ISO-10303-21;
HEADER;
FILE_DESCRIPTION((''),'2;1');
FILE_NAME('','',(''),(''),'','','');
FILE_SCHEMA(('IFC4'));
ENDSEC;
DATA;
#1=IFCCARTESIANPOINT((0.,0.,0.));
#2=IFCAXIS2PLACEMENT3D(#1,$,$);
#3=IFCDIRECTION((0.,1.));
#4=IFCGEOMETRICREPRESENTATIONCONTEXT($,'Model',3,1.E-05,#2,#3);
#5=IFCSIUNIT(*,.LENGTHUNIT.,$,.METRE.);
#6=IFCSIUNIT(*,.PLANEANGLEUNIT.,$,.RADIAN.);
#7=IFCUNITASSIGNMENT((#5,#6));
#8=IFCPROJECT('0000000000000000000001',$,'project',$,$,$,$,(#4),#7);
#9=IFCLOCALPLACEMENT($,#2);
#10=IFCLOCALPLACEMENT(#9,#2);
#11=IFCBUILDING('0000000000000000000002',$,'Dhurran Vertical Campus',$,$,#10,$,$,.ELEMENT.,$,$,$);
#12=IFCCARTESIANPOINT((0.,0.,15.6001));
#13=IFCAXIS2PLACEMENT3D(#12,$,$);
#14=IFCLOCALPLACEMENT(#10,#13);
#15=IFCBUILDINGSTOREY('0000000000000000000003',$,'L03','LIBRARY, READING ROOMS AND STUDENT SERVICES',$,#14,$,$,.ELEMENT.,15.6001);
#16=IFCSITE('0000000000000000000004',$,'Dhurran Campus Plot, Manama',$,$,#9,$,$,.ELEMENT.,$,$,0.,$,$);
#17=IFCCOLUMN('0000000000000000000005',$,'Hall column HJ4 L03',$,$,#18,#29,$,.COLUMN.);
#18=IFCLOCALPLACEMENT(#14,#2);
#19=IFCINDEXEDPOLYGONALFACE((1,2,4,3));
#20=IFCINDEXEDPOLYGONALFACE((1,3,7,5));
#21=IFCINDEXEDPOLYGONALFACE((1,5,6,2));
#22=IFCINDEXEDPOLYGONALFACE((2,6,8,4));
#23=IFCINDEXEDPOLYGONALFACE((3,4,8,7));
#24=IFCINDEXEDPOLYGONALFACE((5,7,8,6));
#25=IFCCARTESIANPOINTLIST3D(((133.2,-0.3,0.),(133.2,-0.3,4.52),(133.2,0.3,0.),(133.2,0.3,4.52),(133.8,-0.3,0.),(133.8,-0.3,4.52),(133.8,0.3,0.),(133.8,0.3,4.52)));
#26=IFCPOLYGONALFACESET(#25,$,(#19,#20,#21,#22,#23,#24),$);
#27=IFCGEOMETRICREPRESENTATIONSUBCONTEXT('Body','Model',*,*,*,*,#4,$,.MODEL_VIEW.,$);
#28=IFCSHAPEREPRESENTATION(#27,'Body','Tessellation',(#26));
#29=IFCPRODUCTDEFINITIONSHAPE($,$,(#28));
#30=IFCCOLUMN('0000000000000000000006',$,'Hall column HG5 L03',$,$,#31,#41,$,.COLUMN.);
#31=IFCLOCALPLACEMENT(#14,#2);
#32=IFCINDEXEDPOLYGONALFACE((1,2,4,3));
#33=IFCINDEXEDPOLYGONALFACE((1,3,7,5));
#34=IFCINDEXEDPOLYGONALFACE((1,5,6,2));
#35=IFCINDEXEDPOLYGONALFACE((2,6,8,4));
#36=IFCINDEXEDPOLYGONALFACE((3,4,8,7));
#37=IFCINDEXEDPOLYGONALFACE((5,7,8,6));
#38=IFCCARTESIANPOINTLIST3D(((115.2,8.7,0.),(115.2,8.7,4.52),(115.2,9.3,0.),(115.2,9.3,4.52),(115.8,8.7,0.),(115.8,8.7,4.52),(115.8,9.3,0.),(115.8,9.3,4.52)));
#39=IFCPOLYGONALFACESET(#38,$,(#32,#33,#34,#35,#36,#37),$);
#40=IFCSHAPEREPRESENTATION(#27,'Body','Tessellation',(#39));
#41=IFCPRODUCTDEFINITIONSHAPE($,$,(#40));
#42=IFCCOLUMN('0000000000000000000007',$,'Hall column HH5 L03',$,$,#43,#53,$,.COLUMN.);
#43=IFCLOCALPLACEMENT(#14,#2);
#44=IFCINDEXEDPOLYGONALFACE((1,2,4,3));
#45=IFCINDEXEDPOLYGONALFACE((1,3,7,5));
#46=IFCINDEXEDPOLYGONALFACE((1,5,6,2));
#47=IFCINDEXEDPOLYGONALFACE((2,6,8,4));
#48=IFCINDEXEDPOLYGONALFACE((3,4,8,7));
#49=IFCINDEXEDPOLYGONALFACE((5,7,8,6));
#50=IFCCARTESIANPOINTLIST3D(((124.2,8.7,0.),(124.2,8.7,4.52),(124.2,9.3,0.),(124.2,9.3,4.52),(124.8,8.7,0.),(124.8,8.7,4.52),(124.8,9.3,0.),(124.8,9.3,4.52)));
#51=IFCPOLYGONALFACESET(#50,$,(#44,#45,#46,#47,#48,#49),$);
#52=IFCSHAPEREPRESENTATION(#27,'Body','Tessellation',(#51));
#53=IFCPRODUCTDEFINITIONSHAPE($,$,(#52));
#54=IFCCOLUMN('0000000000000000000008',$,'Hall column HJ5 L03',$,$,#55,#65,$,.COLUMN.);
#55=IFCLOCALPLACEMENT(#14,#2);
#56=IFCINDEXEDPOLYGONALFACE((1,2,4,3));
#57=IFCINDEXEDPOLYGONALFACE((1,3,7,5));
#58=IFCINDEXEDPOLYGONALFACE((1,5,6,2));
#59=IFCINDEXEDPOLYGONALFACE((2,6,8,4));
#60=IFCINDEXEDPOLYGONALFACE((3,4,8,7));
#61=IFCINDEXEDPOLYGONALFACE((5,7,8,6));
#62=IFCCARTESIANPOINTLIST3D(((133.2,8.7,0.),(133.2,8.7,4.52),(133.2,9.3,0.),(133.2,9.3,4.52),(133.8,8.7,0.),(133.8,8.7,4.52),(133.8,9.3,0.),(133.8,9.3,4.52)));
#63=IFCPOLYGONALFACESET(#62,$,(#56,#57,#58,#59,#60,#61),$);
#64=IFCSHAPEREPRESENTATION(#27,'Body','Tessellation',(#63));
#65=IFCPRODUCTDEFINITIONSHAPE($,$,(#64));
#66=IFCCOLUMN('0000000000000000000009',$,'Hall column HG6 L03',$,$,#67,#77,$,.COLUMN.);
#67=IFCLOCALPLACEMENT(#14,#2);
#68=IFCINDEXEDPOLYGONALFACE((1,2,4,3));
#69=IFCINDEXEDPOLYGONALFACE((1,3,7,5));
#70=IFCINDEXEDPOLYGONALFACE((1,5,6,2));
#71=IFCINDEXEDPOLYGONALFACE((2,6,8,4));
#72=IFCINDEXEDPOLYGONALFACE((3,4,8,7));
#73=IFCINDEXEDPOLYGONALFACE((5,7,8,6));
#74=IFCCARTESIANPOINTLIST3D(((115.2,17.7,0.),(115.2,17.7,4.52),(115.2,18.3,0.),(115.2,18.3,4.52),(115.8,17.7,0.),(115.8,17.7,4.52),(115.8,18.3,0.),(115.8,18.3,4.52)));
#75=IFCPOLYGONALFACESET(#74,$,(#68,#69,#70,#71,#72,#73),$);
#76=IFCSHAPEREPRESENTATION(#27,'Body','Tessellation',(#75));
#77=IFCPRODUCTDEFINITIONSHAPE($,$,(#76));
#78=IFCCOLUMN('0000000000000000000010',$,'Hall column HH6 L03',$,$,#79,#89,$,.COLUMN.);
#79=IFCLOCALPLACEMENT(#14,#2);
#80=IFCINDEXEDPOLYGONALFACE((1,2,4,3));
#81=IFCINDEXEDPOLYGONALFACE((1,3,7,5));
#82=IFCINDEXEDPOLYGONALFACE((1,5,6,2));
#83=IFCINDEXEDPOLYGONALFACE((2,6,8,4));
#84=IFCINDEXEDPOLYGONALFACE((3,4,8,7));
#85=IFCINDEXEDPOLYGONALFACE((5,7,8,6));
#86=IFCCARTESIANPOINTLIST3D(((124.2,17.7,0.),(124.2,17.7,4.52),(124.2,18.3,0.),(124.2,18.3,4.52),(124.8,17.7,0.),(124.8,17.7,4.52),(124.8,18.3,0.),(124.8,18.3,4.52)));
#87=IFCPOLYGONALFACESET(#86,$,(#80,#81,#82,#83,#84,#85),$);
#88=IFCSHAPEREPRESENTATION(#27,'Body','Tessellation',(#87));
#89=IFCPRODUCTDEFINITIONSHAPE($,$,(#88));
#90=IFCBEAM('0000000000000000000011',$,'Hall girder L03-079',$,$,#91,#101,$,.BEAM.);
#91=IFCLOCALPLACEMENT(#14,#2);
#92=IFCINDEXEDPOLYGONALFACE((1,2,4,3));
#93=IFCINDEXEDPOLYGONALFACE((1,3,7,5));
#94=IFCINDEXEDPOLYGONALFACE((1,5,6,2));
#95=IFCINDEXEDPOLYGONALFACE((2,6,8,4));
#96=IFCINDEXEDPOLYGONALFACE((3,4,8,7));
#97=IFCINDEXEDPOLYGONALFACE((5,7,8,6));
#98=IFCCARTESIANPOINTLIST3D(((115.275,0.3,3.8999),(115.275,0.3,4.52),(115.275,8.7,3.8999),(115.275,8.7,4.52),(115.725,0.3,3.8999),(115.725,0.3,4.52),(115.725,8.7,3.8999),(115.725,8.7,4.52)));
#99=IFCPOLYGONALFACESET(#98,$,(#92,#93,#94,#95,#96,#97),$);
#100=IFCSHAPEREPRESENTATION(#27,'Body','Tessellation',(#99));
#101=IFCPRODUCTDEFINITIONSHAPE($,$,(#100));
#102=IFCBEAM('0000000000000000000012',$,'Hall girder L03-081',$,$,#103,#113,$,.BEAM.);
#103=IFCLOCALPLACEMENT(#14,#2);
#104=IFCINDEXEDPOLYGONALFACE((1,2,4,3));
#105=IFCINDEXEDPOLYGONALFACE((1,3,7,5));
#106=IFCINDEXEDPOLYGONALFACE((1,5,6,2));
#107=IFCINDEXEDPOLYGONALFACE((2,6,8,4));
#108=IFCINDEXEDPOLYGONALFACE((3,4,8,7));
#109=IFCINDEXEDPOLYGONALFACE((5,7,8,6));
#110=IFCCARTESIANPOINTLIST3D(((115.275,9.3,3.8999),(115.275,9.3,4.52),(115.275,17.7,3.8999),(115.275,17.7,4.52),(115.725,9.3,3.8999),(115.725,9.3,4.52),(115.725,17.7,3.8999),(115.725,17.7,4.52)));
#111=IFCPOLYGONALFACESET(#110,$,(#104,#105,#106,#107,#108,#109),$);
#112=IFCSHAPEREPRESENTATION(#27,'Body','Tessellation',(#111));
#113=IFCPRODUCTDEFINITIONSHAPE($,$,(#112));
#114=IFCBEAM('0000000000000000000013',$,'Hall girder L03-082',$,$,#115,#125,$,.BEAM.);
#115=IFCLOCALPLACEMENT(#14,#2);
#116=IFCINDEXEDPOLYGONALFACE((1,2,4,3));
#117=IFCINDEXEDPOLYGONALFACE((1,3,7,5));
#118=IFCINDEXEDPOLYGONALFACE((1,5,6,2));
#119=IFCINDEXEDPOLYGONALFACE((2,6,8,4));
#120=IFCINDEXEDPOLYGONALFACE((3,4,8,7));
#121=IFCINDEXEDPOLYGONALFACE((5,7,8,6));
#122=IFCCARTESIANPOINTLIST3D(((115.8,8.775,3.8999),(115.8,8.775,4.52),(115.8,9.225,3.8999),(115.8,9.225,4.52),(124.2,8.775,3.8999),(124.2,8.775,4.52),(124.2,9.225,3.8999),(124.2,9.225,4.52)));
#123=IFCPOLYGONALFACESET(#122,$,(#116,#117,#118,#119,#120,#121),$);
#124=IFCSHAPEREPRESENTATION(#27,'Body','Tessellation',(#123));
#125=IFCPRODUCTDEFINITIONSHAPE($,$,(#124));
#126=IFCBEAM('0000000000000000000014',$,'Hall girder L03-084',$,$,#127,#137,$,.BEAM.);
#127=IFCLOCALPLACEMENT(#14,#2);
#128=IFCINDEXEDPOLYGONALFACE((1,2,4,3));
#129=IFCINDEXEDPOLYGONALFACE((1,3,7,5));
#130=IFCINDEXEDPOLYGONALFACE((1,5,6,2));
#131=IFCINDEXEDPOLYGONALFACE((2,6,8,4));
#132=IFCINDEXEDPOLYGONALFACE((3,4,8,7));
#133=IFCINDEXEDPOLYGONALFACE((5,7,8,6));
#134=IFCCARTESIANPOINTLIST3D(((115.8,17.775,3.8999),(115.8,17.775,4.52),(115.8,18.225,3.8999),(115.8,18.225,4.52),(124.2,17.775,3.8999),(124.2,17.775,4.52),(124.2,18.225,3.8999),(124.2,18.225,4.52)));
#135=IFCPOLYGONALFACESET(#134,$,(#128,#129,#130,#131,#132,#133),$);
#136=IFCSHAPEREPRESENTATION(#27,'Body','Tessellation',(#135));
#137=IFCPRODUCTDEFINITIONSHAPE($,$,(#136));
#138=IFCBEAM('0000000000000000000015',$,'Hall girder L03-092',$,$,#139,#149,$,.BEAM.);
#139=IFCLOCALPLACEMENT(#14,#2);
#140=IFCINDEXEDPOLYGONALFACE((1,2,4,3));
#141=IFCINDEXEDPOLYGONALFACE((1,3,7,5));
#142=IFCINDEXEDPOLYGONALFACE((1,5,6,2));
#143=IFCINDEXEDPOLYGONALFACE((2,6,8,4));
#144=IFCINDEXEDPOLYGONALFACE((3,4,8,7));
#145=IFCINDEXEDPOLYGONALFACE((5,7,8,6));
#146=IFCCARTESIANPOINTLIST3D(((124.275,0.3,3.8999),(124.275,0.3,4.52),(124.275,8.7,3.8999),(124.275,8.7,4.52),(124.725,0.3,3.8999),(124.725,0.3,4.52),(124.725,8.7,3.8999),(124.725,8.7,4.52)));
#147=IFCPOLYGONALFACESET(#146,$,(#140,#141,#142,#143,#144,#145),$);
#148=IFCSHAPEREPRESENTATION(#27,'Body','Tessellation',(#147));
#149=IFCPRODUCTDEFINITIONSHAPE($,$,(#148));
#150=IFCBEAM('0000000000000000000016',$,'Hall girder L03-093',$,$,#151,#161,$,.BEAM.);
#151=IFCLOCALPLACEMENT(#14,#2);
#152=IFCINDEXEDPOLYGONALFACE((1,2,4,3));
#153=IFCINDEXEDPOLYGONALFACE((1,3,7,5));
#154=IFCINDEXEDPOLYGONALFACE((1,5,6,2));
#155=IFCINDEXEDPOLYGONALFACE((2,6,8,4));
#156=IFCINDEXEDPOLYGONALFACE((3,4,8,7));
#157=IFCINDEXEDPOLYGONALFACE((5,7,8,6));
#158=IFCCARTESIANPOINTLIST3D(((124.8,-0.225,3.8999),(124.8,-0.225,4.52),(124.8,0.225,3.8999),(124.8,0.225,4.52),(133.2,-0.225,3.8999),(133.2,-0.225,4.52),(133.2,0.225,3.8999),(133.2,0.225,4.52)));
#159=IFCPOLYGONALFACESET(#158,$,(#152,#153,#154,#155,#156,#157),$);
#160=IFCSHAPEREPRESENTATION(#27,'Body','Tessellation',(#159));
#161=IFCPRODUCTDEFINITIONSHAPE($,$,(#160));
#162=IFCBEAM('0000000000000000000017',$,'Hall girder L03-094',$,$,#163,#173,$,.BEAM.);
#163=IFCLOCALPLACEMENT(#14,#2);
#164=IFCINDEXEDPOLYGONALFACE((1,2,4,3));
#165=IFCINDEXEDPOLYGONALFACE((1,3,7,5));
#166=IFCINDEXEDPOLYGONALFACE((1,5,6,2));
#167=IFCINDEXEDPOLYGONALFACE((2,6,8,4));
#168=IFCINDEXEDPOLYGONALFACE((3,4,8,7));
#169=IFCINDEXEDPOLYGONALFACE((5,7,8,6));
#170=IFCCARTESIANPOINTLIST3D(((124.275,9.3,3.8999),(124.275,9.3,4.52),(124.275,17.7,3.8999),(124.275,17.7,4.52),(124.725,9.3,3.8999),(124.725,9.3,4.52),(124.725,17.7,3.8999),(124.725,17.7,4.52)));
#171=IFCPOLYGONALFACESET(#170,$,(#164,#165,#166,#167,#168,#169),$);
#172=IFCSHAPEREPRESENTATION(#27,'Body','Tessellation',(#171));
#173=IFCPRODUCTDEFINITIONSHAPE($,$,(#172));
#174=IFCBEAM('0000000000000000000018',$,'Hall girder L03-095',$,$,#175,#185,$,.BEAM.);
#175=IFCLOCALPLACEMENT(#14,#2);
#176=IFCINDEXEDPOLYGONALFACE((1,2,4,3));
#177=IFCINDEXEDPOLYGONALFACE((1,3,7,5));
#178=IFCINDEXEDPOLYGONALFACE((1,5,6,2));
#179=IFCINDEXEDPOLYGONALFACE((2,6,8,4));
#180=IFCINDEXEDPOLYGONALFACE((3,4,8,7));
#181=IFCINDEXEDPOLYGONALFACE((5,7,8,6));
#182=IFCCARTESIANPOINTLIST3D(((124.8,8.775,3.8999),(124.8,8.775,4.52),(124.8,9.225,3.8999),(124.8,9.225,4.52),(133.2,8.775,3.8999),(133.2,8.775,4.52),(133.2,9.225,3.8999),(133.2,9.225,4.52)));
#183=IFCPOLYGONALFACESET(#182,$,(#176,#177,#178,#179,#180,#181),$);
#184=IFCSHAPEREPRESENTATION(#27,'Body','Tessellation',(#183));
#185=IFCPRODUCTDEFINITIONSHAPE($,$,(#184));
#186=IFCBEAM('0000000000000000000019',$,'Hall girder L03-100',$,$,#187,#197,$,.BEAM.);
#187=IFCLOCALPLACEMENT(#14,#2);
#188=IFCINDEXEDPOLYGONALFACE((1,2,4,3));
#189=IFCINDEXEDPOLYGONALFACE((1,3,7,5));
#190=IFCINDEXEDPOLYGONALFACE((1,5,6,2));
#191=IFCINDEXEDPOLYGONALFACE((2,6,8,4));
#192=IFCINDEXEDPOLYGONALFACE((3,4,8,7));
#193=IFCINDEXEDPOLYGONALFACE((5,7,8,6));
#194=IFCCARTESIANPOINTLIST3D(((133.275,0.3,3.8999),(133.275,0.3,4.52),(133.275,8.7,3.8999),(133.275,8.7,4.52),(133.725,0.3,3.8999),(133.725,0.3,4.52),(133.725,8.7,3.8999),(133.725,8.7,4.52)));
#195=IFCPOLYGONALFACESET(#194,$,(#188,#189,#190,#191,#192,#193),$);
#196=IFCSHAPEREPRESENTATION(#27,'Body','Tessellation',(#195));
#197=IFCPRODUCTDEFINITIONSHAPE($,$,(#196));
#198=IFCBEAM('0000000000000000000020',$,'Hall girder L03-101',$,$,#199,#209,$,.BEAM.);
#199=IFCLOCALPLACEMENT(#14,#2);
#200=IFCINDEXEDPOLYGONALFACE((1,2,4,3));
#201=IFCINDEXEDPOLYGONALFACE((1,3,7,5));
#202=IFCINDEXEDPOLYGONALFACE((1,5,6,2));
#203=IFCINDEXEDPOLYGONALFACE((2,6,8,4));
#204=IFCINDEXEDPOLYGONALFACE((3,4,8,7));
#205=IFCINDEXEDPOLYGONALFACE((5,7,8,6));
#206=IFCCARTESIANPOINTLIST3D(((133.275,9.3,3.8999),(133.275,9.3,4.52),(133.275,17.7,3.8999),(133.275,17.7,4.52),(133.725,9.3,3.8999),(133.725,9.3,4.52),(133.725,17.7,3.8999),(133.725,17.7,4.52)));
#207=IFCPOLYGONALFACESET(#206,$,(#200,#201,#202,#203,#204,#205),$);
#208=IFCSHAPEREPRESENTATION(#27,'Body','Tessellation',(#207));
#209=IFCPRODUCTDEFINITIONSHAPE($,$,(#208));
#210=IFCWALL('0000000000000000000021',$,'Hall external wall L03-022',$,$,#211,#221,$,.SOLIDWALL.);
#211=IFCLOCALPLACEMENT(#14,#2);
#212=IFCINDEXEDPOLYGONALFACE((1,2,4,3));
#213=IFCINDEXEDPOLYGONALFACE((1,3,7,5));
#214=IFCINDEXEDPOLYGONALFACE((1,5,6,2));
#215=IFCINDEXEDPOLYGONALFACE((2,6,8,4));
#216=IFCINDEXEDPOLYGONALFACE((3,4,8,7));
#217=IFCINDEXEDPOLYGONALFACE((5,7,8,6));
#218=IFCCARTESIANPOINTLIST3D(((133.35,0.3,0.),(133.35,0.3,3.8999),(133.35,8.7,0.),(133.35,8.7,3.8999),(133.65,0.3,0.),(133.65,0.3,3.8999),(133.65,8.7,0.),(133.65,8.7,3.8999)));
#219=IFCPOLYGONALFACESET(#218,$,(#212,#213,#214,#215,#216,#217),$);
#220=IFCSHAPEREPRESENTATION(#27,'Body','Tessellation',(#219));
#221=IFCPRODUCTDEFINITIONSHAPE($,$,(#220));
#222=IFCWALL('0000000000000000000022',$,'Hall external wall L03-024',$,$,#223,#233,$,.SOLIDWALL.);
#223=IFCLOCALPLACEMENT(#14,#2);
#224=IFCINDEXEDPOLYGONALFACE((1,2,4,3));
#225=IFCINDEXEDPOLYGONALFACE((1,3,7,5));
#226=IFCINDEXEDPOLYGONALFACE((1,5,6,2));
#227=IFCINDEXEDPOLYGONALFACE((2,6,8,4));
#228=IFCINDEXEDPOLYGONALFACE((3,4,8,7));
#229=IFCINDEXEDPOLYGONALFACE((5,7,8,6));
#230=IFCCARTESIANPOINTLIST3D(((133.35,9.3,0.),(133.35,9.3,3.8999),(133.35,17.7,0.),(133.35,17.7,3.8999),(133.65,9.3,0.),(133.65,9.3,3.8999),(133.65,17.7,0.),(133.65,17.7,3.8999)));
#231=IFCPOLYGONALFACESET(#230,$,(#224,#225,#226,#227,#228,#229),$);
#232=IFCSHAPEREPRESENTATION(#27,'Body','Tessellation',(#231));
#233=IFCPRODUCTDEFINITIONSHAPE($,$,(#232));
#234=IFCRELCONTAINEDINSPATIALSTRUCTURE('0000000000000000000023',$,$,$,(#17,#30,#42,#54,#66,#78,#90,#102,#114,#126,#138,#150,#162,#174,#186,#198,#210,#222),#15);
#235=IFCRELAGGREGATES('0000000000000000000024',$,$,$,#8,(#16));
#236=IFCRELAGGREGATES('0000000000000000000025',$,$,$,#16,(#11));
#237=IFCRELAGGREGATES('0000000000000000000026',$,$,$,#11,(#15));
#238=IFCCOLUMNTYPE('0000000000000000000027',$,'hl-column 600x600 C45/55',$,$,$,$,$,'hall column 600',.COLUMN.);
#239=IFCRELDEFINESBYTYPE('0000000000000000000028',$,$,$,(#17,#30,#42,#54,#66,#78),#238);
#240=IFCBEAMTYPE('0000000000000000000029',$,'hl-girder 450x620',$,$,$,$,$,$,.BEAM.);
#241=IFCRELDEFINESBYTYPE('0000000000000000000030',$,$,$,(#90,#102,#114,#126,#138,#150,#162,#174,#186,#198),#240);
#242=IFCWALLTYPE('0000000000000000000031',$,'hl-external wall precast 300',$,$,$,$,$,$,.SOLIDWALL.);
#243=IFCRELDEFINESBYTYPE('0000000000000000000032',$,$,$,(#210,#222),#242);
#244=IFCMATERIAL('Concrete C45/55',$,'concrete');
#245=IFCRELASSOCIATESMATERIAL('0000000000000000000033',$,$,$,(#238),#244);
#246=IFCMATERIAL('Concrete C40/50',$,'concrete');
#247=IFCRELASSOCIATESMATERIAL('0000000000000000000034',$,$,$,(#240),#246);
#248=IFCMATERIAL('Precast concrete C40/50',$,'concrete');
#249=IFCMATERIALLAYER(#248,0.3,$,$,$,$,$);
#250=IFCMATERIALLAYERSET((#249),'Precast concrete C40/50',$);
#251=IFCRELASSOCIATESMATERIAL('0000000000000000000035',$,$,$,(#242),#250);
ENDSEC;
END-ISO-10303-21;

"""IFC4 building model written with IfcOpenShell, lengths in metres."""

from ifc_helpers import new_model, si_unit, direction, frame, frame_2d, origin, origin_2d, place, context, subcontext, project, spatial, rectangle, extrude, material, layer, layer_set, material_profile, profile_set, type_object, element, save


model = new_model("IFC4")

# Units and contexts
model_context = context("Model", 3, precision=1e-05, world=origin(), true_north=direction((0.0, 1.0)))
body_context = subcontext(model_context, "Body", "Model", "MODEL_VIEW")
ifc_project = project(units=[si_unit("LENGTHUNIT", "METRE"), si_unit("PLANEANGLEUNIT", "RADIAN")], contexts=[model_context])

# Site, building, storey
site_placement = place(None, origin())
site = spatial("IfcSite", under=ifc_project, at=site_placement, Name="Dhurran Campus Plot, Manama", CompositionType="ELEMENT", RefElevation=0.0)
building_placement = place(site_placement, origin())
building = spatial("IfcBuilding", under=site, at=building_placement, Name="Dhurran Vertical Campus", CompositionType="ELEMENT")
storey_placement = place(building_placement, frame((0.0, 0.0, 15.6001)))
storey = spatial("IfcBuildingStorey", under=building, at=storey_placement, Name="L03", Description="LIBRARY, READING ROOMS AND STUDENT SERVICES", CompositionType="ELEMENT", Elevation=15.6001)

# Columns
ifc_material_1 = material(Name="Concrete C45/55", Category="concrete")
ifc_material_profile_1 = material_profile(ifc_material_1, rectangle(XDim=0.6001, YDim=0.6001, at=origin_2d()), Name="hl-column 600x600 C45/55")
ifc_profile_set_1 = profile_set([ifc_material_profile_1], Name="Concrete C45/55")
column_type = type_object("IfcColumnType", Name="hl-column 600x600 C45/55", ElementType="hall column 600", PredefinedType="COLUMN", material=ifc_profile_set_1)
for number, where, z_axis, x_axis, name in (
    (1, (133.5, 0.0, 0.0), (0.0, 0.0, 1.0), (1.0, 0.0, 0.0), "Hall column HJ4 L03"),
    (2, (115.5, 9.0, 0.0), (0.0, 0.0, 1.0), (1.0, 0.0, 0.0), "Hall column HG5 L03"),
    (3, (124.5, 9.0, 0.0), (0.0, 0.0, 1.0), (1.0, 0.0, 0.0), "Hall column HH5 L03"),
    (4, (133.5, 9.0, 0.0), (0.0, 0.0, 1.0), (1.0, 0.0, 0.0), "Hall column HJ5 L03"),
    (5, (115.5, 18.0, 0.0), (0.0, 0.0, 1.0), (1.0, 0.0, 0.0), "Hall column HG6 L03"),
    (6, (124.5, 18.0, 0.0), (0.0, 0.0, 1.0), (1.0, 0.0, 0.0), "Hall column HH6 L03"),
):
    element("IfcColumn", number, at=place(storey_placement, frame(where, z_axis=z_axis, x_axis=x_axis)), inside=storey, type_object=column_type, Name=name, PredefinedType="COLUMN", context=body_context, shape_type="SweptSolid", body=[
        extrude(rectangle(XDim=0.6001, YDim=0.6001, at=origin_2d()), origin(), (0.0, 0.0, 1.0), 4.52),
    ])

# Beams
ifc_material_2 = material(Name="Concrete C40/50", Category="concrete")
ifc_material_profile_2 = material_profile(ifc_material_2, rectangle(XDim=0.45, YDim=0.6201, at=origin_2d()), Name="hl-girder 450x620")
ifc_profile_set_2 = profile_set([ifc_material_profile_2], Name="Concrete C40/50")
beam_type = type_object("IfcBeamType", Name="hl-girder 450x620", PredefinedType="BEAM", material=ifc_profile_set_2)
for number, where, z_axis, x_axis, name in (
    (7, (115.5, 0.3, 4.21), (0.0, 1.0, 0.0), (-1.0, 0.0, 0.0), "Hall girder L03-079"),
    (8, (115.5, 9.3, 4.21), (0.0, 1.0, 0.0), (-1.0, 0.0, 0.0), "Hall girder L03-081"),
    (9, (115.8, 9.0, 4.21), (1.0, 0.0, 0.0), (0.0, 1.0, 0.0), "Hall girder L03-082"),
    (10, (115.8, 18.0, 4.21), (1.0, 0.0, 0.0), (0.0, 1.0, 0.0), "Hall girder L03-084"),
    (11, (124.5, 0.3, 4.21), (0.0, 1.0, 0.0), (-1.0, 0.0, 0.0), "Hall girder L03-092"),
    (12, (124.8, 0.0, 4.21), (1.0, 0.0, 0.0), (0.0, 1.0, 0.0), "Hall girder L03-093"),
    (13, (124.5, 9.3, 4.21), (0.0, 1.0, 0.0), (-1.0, 0.0, 0.0), "Hall girder L03-094"),
    (14, (124.8, 9.0, 4.21), (1.0, 0.0, 0.0), (0.0, 1.0, 0.0), "Hall girder L03-095"),
    (15, (133.5, 0.3, 4.21), (0.0, 1.0, 0.0), (-1.0, 0.0, 0.0), "Hall girder L03-100"),
    (16, (133.5, 9.3, 4.21), (0.0, 1.0, 0.0), (-1.0, 0.0, 0.0), "Hall girder L03-101"),
):
    element("IfcBeam", number, at=place(storey_placement, frame(where, z_axis=z_axis, x_axis=x_axis)), inside=storey, type_object=beam_type, Name=name, PredefinedType="BEAM", context=body_context, shape_type="SweptSolid", body=[
        extrude(rectangle(XDim=0.45, YDim=0.6201, at=origin_2d()), origin(), (0.0, 0.0, 1.0), 8.3999),
    ])

# Walls
ifc_material_3 = material(Name="Precast concrete C40/50", Category="concrete")
ifc_layer_1 = layer(ifc_material_3, 0.3)
ifc_layer_set_1 = layer_set([ifc_layer_1], Name="Precast concrete C40/50")
wall_type_1 = type_object("IfcWallType", Name="hl-external wall precast 300", PredefinedType="SOLIDWALL", material=ifc_layer_set_1)
for number, where, z_axis, x_axis, name in (
    (17, (133.5, 0.3, 0.0), (0.0, 0.0, 1.0), (0.0, 1.0, 0.0), "Hall external wall L03-022"),
    (18, (133.5, 9.3, 0.0), (0.0, 0.0, 1.0), (0.0, 1.0, 0.0), "Hall external wall L03-024"),
):
    element("IfcWall", number, at=place(storey_placement, frame(where, z_axis=z_axis, x_axis=x_axis)), inside=storey, type_object=wall_type_1, Name=name, PredefinedType="SOLIDWALL", context=body_context, shape_type="SweptSolid", body=[
        extrude(rectangle(XDim=8.3999, YDim=0.3, at=frame_2d((4.2, 0.0))), origin(), (0.0, 0.0, 1.0), 3.8999),
    ])

save(model, "model.ifc")
